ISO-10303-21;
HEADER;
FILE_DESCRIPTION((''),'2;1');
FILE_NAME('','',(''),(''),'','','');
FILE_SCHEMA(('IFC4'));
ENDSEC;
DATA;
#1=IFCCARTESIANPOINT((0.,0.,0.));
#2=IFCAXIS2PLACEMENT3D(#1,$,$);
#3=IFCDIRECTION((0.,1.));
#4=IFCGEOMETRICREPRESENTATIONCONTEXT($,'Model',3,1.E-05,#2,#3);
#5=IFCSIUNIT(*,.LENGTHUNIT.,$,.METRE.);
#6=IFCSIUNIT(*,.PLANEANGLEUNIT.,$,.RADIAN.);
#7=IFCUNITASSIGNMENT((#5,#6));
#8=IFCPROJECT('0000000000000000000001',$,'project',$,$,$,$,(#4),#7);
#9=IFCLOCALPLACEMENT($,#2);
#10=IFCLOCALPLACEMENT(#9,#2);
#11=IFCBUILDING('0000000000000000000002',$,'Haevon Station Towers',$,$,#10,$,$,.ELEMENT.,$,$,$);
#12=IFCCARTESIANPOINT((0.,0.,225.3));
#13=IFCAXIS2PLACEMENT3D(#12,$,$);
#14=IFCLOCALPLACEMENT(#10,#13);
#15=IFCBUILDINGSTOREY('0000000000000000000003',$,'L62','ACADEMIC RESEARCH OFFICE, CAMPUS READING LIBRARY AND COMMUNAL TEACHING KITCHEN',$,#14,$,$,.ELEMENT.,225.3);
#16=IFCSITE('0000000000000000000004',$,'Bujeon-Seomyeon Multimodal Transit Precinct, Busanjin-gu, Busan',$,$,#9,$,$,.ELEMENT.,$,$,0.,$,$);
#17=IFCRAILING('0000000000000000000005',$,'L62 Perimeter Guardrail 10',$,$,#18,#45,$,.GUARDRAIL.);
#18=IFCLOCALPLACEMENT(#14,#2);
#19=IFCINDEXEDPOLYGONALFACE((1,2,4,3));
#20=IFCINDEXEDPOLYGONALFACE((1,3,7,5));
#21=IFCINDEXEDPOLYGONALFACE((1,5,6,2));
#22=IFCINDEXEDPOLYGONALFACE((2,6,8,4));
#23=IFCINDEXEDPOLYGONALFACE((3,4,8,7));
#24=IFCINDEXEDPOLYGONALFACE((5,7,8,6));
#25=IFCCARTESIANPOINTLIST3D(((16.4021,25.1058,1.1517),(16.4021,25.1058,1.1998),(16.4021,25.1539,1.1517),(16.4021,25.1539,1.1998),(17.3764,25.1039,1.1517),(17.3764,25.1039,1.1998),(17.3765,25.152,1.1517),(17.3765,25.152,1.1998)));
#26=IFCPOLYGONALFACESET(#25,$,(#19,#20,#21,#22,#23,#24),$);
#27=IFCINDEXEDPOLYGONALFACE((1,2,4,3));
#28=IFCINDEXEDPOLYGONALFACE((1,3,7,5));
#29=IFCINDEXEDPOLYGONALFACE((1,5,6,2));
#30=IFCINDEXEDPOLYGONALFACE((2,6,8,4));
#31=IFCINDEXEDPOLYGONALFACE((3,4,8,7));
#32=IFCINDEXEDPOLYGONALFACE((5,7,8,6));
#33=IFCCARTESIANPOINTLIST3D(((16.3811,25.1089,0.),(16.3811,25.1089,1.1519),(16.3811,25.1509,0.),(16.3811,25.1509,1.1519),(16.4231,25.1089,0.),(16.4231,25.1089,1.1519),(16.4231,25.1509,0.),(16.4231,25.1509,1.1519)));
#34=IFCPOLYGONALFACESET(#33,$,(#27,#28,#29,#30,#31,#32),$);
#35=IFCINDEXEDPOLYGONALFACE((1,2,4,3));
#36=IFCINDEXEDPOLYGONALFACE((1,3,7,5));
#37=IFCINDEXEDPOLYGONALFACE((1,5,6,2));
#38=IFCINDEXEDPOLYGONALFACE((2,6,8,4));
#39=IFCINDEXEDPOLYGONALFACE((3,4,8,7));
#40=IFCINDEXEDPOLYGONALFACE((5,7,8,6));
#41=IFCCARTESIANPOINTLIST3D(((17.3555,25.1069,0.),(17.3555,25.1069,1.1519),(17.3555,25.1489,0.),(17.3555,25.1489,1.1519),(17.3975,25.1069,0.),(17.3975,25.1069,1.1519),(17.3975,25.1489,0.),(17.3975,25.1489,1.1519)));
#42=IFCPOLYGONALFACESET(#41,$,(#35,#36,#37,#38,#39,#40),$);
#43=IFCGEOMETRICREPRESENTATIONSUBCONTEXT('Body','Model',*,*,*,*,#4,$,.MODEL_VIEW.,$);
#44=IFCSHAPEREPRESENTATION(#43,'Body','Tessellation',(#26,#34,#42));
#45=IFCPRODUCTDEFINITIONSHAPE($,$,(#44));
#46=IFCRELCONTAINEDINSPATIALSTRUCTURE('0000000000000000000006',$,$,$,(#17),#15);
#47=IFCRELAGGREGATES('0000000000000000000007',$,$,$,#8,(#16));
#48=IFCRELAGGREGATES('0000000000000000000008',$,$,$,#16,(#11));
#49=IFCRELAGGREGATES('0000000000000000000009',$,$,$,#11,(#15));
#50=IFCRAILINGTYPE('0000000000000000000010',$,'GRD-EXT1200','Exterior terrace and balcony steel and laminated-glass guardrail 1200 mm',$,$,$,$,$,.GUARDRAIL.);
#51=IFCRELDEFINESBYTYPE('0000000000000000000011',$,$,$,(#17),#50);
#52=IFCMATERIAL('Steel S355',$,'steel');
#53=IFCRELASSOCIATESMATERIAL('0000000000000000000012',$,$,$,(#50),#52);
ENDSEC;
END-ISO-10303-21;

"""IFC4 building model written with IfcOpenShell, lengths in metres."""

from ifc_helpers import new_model, si_unit, direction, frame, origin, origin_2d, place, context, subcontext, project, spatial, rectangle, extrude, material, type_object, element, save


model = new_model("IFC4")

# Units and contexts
model_context = context("Model", 3, precision=1e-05, world=origin(), true_north=direction((0.0, 1.0)))
body_context = subcontext(model_context, "Body", "Model", "MODEL_VIEW")
ifc_project = project(units=[si_unit("LENGTHUNIT", "METRE"), si_unit("PLANEANGLEUNIT", "RADIAN")], contexts=[model_context])

# Site, building, storey
site_placement = place(None, origin())
site = spatial("IfcSite", under=ifc_project, at=site_placement, Name="Bujeon-Seomyeon Multimodal Transit Precinct, Busanjin-gu, Busan", CompositionType="ELEMENT", RefElevation=0.0)
building_placement = place(site_placement, origin())
building = spatial("IfcBuilding", under=site, at=building_placement, Name="Haevon Station Towers", CompositionType="ELEMENT")
storey_placement = place(building_placement, frame((0.0, 0.0, 225.3)))
storey = spatial("IfcBuildingStorey", under=building, at=storey_placement, Name="L62", Description="ACADEMIC RESEARCH OFFICE, CAMPUS READING LIBRARY AND COMMUNAL TEACHING KITCHEN", CompositionType="ELEMENT", Elevation=225.3)

# Shared definitions
ifc_material_1 = material(Name="Steel S355", Category="steel")

# Railing
railing_type = type_object("IfcRailingType", Name="GRD-EXT1200", Description="Exterior terrace and balcony steel and laminated-glass guardrail 1200 mm", PredefinedType="GUARDRAIL", material=ifc_material_1)
railing_placement = place(storey_placement, frame((16.4021, 25.1299, 0.0)))
element("IfcRailing", 1, at=railing_placement, inside=storey, type_object=railing_type, Name="L62 Perimeter Guardrail 10", PredefinedType="GUARDRAIL", context=body_context, shape_type="SweptSolid", body=[
    extrude(rectangle(XDim=0.0481, YDim=0.0481, at=origin_2d()), frame((0.0, 0.0, 1.1758), z_axis=(0.999998, -0.002005, 0.0), x_axis=(0.002005, 0.999998, 0.0)), (0.0, 0.0, 1.0), 0.9744),
    extrude(rectangle(XDim=0.042, YDim=0.042, at=origin_2d()), origin(), (0.0, 0.0, 1.0), 1.1519),
    extrude(rectangle(XDim=0.042, YDim=0.042, at=origin_2d()), frame((0.9744, -0.002, 0.0)), (0.0, 0.0, 1.0), 1.1519),
])

save(model, "model.ifc")
